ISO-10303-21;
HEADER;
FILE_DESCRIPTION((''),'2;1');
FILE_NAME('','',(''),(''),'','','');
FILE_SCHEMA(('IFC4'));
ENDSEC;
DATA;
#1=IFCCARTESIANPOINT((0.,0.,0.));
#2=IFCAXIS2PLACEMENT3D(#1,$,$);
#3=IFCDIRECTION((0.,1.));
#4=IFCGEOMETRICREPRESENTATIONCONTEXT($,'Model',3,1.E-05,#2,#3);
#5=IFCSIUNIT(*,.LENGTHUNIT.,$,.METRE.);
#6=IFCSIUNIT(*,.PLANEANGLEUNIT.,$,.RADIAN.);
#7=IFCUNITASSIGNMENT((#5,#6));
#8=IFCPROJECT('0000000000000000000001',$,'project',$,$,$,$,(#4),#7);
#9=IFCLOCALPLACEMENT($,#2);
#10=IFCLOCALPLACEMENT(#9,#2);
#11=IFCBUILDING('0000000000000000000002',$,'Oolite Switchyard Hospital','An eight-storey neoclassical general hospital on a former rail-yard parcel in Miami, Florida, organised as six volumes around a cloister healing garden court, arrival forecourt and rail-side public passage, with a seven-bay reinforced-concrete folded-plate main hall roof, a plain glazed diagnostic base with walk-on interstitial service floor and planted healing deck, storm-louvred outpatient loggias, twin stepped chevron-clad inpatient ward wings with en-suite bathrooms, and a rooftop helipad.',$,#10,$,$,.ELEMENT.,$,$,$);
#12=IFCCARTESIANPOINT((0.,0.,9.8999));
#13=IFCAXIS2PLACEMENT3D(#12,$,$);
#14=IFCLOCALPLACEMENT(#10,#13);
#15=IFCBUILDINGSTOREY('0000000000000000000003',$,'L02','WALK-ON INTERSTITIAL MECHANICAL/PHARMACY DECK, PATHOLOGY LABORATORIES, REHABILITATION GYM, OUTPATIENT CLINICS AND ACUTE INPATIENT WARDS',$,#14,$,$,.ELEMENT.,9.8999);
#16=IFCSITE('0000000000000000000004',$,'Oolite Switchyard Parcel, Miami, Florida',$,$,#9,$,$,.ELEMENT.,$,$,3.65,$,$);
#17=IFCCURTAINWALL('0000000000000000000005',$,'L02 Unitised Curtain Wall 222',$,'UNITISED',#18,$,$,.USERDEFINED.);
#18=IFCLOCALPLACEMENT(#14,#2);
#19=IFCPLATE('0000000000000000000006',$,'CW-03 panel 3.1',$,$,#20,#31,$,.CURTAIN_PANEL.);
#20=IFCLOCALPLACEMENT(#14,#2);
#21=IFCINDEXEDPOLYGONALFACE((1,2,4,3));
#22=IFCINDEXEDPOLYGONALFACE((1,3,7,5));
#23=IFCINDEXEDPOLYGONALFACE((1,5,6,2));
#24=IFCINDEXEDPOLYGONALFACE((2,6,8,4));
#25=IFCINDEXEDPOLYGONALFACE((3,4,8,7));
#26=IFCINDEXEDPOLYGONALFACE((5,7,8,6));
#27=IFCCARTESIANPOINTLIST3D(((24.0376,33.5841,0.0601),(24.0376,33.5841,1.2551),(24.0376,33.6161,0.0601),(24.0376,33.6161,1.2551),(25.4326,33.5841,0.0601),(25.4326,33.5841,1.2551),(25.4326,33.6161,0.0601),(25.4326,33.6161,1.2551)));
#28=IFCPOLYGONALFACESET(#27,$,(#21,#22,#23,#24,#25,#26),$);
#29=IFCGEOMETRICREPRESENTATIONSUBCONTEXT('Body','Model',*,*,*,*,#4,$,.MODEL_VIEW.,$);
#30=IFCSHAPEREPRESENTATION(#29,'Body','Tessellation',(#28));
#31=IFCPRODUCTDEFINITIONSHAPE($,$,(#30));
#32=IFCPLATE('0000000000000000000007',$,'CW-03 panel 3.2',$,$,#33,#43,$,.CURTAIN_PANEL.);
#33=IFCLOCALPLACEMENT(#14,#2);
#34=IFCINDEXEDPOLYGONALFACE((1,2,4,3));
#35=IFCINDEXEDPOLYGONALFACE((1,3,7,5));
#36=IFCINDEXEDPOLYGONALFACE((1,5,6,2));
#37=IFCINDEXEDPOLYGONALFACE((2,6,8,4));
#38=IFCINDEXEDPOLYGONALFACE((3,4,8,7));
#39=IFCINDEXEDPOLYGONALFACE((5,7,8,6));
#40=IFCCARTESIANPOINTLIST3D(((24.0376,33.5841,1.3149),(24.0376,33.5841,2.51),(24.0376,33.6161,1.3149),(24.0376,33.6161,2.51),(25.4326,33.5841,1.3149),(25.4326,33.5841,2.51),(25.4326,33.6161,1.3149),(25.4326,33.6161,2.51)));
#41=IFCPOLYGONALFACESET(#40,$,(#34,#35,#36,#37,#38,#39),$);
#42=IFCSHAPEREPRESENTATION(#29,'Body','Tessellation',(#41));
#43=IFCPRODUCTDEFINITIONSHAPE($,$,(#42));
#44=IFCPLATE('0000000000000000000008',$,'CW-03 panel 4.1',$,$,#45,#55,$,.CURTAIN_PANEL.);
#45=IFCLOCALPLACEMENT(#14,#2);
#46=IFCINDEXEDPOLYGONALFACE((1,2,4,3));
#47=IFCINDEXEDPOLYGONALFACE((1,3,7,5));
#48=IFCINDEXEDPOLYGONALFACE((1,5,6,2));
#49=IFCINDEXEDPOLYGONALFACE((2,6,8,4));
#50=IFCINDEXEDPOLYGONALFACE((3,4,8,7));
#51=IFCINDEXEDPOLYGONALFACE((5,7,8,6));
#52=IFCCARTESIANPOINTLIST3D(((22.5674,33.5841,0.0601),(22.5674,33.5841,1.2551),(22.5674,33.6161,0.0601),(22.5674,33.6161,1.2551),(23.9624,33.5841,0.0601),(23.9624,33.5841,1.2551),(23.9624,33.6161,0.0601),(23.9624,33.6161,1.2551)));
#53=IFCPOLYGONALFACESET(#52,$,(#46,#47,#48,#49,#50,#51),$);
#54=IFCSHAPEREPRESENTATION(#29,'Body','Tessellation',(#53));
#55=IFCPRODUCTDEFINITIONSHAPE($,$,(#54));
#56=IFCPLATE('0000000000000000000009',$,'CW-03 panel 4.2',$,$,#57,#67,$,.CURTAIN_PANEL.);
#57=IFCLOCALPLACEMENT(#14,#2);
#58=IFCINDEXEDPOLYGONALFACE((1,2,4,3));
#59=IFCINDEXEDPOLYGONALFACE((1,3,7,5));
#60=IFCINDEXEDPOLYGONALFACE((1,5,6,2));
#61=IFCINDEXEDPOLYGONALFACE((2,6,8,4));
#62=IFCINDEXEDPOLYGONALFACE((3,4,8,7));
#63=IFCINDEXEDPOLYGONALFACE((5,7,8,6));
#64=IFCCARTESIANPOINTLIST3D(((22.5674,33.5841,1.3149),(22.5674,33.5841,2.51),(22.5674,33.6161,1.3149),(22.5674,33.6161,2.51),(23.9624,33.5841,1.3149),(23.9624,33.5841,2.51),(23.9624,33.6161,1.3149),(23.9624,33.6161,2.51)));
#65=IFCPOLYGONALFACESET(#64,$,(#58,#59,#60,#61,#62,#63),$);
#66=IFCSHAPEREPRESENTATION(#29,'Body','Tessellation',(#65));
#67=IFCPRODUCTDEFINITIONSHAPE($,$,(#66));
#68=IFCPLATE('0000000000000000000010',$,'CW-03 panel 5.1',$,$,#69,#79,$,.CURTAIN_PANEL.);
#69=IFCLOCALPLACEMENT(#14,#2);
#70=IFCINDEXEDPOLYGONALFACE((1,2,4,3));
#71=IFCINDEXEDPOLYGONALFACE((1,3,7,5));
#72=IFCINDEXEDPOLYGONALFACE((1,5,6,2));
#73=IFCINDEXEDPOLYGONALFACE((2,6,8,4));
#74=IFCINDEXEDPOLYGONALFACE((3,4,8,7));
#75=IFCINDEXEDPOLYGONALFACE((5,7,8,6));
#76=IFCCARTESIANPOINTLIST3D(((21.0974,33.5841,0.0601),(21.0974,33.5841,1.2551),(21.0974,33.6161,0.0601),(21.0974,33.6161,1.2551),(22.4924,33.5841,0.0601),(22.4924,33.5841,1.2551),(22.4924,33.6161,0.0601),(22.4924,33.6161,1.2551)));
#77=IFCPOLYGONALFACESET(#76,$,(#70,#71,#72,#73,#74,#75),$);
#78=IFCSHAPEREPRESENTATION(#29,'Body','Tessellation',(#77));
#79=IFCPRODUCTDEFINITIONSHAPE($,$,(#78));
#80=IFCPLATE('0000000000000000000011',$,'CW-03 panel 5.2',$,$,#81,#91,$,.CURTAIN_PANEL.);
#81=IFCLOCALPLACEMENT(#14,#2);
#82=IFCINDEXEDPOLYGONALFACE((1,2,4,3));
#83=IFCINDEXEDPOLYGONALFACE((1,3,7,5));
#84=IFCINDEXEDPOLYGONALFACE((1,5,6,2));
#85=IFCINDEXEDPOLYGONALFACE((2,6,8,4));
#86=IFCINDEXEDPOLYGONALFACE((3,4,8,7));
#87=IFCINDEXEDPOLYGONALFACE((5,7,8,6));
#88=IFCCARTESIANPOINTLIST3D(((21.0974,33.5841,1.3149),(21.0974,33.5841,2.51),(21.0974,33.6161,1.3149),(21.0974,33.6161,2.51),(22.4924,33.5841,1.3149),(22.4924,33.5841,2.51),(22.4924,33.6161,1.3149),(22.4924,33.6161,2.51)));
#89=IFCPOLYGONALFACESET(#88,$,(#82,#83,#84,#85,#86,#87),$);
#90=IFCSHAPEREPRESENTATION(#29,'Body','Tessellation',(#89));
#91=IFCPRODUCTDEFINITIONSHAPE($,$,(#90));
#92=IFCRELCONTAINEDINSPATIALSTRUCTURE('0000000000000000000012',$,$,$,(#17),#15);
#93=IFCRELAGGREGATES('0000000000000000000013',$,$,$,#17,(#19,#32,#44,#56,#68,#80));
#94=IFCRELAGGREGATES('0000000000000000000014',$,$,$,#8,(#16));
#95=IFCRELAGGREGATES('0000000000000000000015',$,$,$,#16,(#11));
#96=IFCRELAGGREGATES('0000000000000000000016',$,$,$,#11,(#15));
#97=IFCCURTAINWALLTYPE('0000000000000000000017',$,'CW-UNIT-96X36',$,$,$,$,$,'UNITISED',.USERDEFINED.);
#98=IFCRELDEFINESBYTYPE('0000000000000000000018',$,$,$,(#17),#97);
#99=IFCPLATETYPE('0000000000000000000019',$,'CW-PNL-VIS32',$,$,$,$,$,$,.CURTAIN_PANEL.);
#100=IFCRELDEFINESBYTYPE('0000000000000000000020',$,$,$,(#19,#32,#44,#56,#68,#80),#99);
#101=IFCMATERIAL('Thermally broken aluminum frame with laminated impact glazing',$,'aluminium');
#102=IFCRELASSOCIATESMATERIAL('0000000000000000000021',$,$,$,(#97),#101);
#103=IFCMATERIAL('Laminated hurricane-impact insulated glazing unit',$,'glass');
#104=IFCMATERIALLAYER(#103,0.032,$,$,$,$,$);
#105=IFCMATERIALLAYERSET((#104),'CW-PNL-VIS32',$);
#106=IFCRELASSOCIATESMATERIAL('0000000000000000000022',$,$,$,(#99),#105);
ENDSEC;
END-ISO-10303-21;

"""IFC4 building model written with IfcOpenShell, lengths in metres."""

from ifc_helpers import new_model, si_unit, direction, frame, origin, origin_2d, place, context, subcontext, project, spatial, rectangle, extrude, material, layer, layer_set, type_object, element, aggregate, save


model = new_model("IFC4")

# Units and contexts
model_context = context("Model", 3, precision=1e-05, world=origin(), true_north=direction((0.0, 1.0)))
body_context = subcontext(model_context, "Body", "Model", "MODEL_VIEW")
ifc_project = project(units=[si_unit("LENGTHUNIT", "METRE"), si_unit("PLANEANGLEUNIT", "RADIAN")], contexts=[model_context])

# Site, building, storey
site_placement = place(None, origin())
site = spatial("IfcSite", under=ifc_project, at=site_placement, Name="Oolite Switchyard Parcel, Miami, Florida", CompositionType="ELEMENT", RefElevation=3.65)
building_placement = place(site_placement, origin())
building = spatial("IfcBuilding", under=site, at=building_placement, Name="Oolite Switchyard Hospital", Description="An eight-storey neoclassical general hospital on a former rail-yard parcel in Miami, Florida, organised as six volumes around a cloister healing garden court, arrival forecourt and rail-side public passage, with a seven-bay reinforced-concrete folded-plate main hall roof, a plain glazed diagnostic base with walk-on interstitial service floor and planted healing deck, storm-louvred outpatient loggias, twin stepped chevron-clad inpatient ward wings with en-suite bathrooms, and a rooftop helipad.", CompositionType="ELEMENT")
storey_placement = place(building_placement, frame((0.0, 0.0, 9.8999)))
storey = spatial("IfcBuildingStorey", under=building, at=storey_placement, Name="L02", Description="WALK-ON INTERSTITIAL MECHANICAL/PHARMACY DECK, PATHOLOGY LABORATORIES, REHABILITATION GYM, OUTPATIENT CLINICS AND ACUTE INPATIENT WARDS", CompositionType="ELEMENT", Elevation=9.8999)

# Curtain wall, plates
ifc_material_1 = material(Name="Thermally broken aluminum frame with laminated impact glazing", Category="aluminium")
curtain_wall_type = type_object("IfcCurtainWallType", Name="CW-UNIT-96X36", ElementType="UNITISED", PredefinedType="USERDEFINED", material=ifc_material_1)
curtain_wall_placement = place(storey_placement, origin())
curtain_wall = element("IfcCurtainWall", 1, at=curtain_wall_placement, inside=storey, type_object=curtain_wall_type, Name="L02 Unitised Curtain Wall 222", ObjectType="UNITISED", PredefinedType="USERDEFINED")
ifc_material_2 = material(Name="Laminated hurricane-impact insulated glazing unit", Category="glass")
ifc_layer = layer(ifc_material_2, 0.032)
ifc_layer_set = layer_set([ifc_layer], Name="CW-PNL-VIS32")
plate_type = type_object("IfcPlateType", Name="CW-PNL-VIS32", PredefinedType="CURTAIN_PANEL", material=ifc_layer_set)
plate_1_placement = place(storey_placement, frame((24.7351, 33.6001, 0.0601), z_axis=(0.0, 0.0, 1.0), x_axis=(-1.0, 0.0, 0.0)))
plate_1 = element("IfcPlate", 2, at=plate_1_placement, type_object=plate_type, Name="CW-03 panel 3.1", PredefinedType="CURTAIN_PANEL", context=body_context, shape_type="SweptSolid", body=[
    extrude(rectangle(XDim=1.395, YDim=0.032, at=origin_2d()), origin(), (0.0, 0.0, 1.0), 1.1951),
])
plate_2_placement = place(storey_placement, frame((24.7351, 33.6001, 1.3149), z_axis=(0.0, 0.0, 1.0), x_axis=(-1.0, 0.0, 0.0)))
plate_2 = element("IfcPlate", 3, at=plate_2_placement, type_object=plate_type, Name="CW-03 panel 3.2", PredefinedType="CURTAIN_PANEL", context=body_context, shape_type="SweptSolid", body=[
    extrude(rectangle(XDim=1.395, YDim=0.032, at=origin_2d()), origin(), (0.0, 0.0, 1.0), 1.1951),
])
plate_3_placement = place(storey_placement, frame((23.2649, 33.6001, 0.0601), z_axis=(0.0, 0.0, 1.0), x_axis=(-1.0, 0.0, 0.0)))
plate_3 = element("IfcPlate", 4, at=plate_3_placement, type_object=plate_type, Name="CW-03 panel 4.1", PredefinedType="CURTAIN_PANEL", context=body_context, shape_type="SweptSolid", body=[
    extrude(rectangle(XDim=1.395, YDim=0.032, at=origin_2d()), origin(), (0.0, 0.0, 1.0), 1.1951),
])
plate_4_placement = place(storey_placement, frame((23.2649, 33.6001, 1.3149), z_axis=(0.0, 0.0, 1.0), x_axis=(-1.0, 0.0, 0.0)))
plate_4 = element("IfcPlate", 5, at=plate_4_placement, type_object=plate_type, Name="CW-03 panel 4.2", PredefinedType="CURTAIN_PANEL", context=body_context, shape_type="SweptSolid", body=[
    extrude(rectangle(XDim=1.395, YDim=0.032, at=origin_2d()), origin(), (0.0, 0.0, 1.0), 1.1951),
])
plate_5_placement = place(storey_placement, frame((21.7949, 33.6001, 0.0601), z_axis=(0.0, 0.0, 1.0), x_axis=(-1.0, 0.0, 0.0)))
plate_5 = element("IfcPlate", 6, at=plate_5_placement, type_object=plate_type, Name="CW-03 panel 5.1", PredefinedType="CURTAIN_PANEL", context=body_context, shape_type="SweptSolid", body=[
    extrude(rectangle(XDim=1.395, YDim=0.032, at=origin_2d()), origin(), (0.0, 0.0, 1.0), 1.1951),
])
plate_6_placement = place(storey_placement, frame((21.7949, 33.6001, 1.3149), z_axis=(0.0, 0.0, 1.0), x_axis=(-1.0, 0.0, 0.0)))
plate_6 = element("IfcPlate", 7, at=plate_6_placement, type_object=plate_type, Name="CW-03 panel 5.2", PredefinedType="CURTAIN_PANEL", context=body_context, shape_type="SweptSolid", body=[
    extrude(rectangle(XDim=1.395, YDim=0.032, at=origin_2d()), origin(), (0.0, 0.0, 1.0), 1.1951),
])
aggregate(curtain_wall, [plate_1, plate_2, plate_3, plate_4, plate_5, plate_6])

save(model, "model.ifc")
